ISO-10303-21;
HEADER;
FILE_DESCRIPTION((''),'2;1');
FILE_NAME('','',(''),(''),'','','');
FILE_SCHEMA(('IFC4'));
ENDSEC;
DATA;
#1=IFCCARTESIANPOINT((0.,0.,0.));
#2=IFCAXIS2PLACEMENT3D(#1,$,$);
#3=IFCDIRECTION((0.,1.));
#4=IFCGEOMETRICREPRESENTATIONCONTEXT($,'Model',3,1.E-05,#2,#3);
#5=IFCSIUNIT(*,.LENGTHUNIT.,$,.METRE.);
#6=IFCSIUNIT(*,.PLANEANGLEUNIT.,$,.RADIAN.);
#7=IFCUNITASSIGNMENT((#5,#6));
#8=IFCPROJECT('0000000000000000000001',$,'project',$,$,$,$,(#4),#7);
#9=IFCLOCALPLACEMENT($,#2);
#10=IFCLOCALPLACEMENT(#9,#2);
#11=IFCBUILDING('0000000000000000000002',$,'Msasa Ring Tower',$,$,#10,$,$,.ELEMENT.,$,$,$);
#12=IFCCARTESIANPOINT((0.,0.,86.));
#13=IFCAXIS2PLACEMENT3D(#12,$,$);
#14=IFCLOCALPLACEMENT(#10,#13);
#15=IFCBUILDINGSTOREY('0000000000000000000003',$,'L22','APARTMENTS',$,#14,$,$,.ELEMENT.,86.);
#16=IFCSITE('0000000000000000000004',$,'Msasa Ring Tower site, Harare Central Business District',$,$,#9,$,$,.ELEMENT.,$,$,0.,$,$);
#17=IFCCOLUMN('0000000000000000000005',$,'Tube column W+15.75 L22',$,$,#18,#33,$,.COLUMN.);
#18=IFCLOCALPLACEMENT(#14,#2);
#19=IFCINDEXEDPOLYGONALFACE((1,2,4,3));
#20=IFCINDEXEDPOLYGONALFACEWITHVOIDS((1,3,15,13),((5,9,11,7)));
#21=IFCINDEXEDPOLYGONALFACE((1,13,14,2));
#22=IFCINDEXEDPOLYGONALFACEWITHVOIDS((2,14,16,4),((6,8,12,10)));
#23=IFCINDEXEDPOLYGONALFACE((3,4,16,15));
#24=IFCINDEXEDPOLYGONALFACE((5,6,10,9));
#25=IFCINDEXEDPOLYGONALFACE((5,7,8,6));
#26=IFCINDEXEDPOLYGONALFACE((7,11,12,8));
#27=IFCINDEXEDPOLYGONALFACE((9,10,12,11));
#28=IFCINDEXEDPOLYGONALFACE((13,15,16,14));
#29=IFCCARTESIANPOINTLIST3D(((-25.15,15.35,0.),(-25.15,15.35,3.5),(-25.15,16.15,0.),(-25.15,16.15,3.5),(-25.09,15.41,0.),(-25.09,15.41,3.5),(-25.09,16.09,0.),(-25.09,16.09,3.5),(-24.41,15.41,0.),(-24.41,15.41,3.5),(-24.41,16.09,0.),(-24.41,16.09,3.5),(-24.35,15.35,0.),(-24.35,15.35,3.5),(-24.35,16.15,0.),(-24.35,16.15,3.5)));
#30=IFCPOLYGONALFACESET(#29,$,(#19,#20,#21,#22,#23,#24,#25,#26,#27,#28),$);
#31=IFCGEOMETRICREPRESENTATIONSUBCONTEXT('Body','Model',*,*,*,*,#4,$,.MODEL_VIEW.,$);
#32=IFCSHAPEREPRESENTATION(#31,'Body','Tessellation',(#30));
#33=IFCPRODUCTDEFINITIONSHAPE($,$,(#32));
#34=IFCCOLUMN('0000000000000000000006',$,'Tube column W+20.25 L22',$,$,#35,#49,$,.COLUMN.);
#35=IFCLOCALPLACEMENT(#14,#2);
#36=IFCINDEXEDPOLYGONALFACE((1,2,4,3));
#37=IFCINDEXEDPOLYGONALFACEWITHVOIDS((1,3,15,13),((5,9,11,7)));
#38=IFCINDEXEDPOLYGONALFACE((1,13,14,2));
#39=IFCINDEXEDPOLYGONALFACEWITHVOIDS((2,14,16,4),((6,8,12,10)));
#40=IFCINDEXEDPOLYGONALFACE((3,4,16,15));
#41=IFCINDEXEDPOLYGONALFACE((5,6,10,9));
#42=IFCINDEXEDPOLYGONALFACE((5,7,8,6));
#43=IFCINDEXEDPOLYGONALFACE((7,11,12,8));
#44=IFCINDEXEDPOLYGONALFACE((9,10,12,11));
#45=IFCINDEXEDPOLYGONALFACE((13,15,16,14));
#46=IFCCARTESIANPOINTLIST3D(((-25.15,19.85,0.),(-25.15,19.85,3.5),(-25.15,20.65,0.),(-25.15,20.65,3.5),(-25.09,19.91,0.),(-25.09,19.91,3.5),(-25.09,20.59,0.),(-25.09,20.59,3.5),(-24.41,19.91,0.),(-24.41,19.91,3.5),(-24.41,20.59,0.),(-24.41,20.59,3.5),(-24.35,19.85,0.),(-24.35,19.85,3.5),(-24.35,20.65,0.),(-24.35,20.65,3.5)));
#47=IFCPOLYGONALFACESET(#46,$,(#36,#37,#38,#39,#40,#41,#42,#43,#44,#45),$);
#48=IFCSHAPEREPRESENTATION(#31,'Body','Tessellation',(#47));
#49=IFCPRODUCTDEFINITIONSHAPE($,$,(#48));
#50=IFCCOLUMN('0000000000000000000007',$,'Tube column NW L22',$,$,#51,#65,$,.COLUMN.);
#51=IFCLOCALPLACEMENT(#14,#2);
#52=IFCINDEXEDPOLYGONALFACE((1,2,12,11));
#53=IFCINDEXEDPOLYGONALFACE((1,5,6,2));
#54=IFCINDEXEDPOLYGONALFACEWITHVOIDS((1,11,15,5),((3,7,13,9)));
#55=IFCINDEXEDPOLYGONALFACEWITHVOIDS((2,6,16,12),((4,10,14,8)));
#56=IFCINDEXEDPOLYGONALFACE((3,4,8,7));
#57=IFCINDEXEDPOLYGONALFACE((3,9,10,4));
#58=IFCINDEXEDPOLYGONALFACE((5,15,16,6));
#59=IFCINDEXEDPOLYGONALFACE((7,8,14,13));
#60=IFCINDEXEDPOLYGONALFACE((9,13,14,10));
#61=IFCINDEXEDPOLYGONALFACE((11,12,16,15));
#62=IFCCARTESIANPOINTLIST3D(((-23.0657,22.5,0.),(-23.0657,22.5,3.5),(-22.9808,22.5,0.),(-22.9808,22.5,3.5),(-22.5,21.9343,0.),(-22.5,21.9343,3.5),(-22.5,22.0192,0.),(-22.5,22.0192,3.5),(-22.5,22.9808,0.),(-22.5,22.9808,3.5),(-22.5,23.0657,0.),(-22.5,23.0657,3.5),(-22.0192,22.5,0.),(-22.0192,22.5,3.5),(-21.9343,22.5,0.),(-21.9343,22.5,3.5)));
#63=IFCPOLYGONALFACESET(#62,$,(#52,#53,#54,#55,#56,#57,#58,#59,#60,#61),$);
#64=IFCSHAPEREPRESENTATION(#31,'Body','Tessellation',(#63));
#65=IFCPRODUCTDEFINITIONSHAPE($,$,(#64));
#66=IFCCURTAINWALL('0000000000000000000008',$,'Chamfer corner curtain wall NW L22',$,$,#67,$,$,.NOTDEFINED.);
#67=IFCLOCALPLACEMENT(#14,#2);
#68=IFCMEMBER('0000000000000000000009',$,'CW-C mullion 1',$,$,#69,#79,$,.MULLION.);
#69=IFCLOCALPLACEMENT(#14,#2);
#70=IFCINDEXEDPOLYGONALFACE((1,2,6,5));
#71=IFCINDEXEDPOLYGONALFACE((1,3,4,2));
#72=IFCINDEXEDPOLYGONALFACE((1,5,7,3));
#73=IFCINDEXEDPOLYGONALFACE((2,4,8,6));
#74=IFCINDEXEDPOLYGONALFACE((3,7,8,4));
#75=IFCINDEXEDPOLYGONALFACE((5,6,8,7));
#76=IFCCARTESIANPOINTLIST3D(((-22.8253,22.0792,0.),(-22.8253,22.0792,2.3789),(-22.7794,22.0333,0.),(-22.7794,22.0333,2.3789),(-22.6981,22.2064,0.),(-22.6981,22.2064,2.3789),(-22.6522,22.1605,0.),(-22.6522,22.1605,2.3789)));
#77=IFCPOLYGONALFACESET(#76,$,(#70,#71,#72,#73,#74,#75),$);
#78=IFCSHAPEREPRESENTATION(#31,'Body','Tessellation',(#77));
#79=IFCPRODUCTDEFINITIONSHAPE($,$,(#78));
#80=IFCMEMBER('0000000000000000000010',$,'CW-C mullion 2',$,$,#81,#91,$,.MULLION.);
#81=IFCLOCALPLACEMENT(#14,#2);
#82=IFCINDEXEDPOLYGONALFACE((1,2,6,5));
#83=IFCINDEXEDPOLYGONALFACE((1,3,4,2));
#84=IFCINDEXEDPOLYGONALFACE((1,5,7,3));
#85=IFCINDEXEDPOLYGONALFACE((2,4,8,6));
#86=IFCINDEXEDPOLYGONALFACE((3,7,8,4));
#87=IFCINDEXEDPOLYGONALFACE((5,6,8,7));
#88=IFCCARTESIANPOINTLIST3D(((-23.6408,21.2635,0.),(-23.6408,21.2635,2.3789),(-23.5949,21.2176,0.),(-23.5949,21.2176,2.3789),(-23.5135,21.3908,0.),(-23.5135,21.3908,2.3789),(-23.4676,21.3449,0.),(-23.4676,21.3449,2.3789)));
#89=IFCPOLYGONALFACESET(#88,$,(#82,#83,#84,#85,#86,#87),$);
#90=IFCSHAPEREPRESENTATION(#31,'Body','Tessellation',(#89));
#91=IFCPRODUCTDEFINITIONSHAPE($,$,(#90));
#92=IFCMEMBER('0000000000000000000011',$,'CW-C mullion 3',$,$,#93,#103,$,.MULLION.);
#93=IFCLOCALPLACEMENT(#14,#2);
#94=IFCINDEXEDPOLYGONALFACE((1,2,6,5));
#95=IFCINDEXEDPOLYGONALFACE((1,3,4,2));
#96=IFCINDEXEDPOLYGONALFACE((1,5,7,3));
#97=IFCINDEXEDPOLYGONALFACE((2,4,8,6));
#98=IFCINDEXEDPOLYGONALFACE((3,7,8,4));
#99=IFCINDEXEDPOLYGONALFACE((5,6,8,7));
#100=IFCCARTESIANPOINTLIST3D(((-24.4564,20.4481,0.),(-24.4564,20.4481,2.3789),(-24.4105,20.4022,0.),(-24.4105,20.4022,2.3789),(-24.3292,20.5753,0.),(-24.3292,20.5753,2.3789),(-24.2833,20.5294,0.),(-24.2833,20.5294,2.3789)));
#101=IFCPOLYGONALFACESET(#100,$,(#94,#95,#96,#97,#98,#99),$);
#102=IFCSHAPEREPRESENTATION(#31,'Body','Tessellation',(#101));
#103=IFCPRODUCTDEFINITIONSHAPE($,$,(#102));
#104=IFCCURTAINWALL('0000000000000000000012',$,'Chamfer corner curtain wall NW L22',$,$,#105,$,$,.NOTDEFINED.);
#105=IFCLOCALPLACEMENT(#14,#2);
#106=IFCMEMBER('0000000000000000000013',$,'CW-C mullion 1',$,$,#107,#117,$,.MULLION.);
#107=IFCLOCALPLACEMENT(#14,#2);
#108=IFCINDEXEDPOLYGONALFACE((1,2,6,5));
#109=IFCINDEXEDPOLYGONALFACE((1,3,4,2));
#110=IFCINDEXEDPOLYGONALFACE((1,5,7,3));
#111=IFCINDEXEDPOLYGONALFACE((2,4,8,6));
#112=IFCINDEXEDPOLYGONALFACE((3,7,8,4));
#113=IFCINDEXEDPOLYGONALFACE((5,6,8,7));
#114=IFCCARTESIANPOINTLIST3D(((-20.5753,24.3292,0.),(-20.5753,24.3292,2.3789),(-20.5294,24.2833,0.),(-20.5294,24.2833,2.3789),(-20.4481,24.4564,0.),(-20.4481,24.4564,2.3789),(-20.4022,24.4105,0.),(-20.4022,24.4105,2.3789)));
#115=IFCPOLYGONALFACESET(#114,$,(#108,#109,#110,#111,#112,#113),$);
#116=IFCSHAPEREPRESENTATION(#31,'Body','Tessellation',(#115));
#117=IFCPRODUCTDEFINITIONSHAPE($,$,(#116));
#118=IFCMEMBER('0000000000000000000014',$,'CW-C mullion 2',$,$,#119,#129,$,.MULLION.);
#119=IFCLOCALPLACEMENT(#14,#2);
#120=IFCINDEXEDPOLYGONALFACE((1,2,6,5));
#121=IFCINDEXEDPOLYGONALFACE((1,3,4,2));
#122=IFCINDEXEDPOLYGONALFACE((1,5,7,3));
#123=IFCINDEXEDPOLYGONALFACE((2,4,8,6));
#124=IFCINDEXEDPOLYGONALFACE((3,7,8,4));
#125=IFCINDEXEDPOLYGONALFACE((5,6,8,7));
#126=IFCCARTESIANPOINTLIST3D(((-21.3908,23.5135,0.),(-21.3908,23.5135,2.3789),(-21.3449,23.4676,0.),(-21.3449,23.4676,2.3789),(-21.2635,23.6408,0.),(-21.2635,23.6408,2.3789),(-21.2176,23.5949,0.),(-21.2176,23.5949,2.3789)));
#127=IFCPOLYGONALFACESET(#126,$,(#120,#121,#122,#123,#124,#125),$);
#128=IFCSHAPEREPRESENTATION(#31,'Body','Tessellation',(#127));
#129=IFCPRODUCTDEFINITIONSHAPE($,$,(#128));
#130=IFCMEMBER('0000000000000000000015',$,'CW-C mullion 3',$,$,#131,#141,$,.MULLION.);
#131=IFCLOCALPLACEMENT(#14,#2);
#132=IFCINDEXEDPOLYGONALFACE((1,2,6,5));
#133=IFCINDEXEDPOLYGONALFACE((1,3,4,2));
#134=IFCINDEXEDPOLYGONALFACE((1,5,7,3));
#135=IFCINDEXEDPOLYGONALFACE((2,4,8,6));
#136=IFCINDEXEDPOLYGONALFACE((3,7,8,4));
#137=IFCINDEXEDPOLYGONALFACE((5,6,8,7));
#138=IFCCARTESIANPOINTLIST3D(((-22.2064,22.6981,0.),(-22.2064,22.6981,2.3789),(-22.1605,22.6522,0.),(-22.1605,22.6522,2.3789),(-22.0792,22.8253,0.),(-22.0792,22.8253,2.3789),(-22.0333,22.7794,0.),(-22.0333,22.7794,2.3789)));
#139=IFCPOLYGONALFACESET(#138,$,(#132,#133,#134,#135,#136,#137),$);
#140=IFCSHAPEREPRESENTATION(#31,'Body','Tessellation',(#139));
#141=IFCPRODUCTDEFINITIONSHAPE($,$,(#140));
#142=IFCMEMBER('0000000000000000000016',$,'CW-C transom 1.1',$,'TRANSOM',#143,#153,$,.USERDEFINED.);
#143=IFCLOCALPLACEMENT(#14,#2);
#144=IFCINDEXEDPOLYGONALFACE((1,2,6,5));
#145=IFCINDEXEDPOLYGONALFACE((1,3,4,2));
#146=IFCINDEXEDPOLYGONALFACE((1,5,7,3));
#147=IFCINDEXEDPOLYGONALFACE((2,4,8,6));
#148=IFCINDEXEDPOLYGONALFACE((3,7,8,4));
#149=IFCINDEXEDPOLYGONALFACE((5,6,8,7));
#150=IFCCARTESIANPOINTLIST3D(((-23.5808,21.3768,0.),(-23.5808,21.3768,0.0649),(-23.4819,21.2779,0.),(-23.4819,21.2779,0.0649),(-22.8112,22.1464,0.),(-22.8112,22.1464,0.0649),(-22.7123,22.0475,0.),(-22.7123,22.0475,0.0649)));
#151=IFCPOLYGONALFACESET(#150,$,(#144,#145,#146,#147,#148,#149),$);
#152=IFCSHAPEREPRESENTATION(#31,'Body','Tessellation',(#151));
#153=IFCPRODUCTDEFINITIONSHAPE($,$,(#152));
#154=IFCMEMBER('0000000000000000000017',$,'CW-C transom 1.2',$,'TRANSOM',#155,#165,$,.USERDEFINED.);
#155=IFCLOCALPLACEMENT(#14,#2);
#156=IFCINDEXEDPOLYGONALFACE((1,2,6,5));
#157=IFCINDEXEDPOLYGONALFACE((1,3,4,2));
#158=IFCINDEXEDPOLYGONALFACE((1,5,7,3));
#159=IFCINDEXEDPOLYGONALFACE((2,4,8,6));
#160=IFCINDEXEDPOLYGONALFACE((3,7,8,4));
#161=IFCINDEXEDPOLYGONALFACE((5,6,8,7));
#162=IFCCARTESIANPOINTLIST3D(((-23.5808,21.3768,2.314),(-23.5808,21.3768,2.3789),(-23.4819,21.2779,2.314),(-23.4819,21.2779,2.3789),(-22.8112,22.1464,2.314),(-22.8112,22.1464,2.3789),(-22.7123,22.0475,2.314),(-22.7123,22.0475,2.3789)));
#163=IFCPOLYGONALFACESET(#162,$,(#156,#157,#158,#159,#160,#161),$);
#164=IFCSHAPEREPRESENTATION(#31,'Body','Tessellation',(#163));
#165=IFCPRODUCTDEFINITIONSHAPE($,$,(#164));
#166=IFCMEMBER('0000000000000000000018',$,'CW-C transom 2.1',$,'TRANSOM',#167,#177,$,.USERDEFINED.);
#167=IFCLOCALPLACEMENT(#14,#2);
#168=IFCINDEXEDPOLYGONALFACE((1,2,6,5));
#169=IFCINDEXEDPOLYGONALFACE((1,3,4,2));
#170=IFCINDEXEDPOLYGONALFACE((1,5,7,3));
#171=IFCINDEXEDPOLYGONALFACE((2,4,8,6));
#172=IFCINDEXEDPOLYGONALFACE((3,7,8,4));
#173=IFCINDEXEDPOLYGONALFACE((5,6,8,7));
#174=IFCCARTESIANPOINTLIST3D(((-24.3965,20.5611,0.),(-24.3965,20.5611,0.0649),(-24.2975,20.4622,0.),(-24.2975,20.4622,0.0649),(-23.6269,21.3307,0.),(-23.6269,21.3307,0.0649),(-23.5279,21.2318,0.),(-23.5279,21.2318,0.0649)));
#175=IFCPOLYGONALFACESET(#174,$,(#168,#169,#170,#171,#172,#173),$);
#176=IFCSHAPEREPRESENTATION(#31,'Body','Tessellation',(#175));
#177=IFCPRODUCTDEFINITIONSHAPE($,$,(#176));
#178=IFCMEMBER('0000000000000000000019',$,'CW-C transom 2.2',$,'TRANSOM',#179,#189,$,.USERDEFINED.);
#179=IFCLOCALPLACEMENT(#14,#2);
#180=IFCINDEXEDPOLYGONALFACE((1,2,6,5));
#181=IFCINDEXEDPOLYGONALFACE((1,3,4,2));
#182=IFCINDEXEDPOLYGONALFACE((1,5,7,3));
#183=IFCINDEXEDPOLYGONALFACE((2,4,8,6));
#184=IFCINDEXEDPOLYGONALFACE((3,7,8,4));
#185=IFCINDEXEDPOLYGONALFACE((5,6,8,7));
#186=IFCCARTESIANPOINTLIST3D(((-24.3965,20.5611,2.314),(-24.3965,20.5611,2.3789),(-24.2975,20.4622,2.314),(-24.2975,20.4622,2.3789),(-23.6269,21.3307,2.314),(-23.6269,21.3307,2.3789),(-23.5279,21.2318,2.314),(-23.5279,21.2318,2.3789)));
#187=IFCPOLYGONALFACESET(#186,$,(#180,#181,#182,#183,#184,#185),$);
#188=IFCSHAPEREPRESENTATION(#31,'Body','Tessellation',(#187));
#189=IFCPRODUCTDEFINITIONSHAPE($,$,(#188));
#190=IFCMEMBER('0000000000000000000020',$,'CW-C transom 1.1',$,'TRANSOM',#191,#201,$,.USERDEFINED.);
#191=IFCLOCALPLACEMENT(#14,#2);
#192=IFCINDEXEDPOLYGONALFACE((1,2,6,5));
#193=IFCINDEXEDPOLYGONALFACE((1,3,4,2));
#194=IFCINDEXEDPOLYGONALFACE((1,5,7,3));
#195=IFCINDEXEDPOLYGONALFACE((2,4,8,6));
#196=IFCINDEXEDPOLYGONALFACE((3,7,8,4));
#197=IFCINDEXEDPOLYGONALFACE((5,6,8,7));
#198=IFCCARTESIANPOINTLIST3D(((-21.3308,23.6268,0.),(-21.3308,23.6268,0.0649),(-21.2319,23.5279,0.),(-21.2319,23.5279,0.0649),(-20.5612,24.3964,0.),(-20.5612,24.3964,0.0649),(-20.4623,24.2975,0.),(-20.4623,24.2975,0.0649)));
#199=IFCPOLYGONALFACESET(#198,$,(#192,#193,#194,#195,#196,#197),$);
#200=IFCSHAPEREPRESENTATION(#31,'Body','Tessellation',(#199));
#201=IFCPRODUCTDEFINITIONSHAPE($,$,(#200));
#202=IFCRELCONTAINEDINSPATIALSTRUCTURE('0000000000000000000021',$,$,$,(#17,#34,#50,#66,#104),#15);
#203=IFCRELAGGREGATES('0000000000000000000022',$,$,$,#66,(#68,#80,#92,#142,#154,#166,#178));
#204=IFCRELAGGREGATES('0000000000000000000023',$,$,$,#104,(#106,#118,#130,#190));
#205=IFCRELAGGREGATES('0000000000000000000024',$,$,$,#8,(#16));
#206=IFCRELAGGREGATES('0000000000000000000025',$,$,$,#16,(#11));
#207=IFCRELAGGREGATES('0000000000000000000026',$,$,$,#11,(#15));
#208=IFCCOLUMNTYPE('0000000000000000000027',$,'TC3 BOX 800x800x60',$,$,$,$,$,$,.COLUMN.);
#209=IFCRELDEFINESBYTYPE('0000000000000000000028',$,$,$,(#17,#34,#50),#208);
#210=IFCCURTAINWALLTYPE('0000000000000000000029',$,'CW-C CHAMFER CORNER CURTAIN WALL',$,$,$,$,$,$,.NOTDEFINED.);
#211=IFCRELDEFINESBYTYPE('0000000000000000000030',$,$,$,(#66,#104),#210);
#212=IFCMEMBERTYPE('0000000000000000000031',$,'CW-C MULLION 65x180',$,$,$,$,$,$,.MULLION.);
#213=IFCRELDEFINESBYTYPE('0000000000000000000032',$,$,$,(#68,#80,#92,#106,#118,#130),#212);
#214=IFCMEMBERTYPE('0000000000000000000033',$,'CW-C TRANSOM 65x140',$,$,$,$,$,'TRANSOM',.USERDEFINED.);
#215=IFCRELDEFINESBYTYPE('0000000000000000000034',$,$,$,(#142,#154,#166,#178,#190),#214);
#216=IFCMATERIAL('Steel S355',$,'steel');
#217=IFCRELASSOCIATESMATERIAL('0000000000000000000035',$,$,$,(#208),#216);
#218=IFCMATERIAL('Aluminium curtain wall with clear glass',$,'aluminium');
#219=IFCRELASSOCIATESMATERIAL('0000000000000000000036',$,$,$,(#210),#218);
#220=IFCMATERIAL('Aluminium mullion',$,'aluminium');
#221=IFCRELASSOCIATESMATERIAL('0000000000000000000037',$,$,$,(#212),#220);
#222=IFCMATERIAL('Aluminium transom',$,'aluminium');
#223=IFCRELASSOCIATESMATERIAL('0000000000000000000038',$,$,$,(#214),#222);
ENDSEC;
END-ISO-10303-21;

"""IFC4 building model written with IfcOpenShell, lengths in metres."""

from ifc_helpers import new_model, si_unit, direction, frame, origin, origin_2d, place, context, subcontext, project, spatial, rectangle, hollow_rectangle, extrude, material, material_profile, profile_set, type_object, element, aggregate, save


model = new_model("IFC4")

# Units and contexts
model_context = context("Model", 3, precision=1e-05, world=origin(), true_north=direction((0.0, 1.0)))
body_context = subcontext(model_context, "Body", "Model", "MODEL_VIEW")
ifc_project = project(units=[si_unit("LENGTHUNIT", "METRE"), si_unit("PLANEANGLEUNIT", "RADIAN")], contexts=[model_context])

# Site, building, storey
site_placement = place(None, origin())
site = spatial("IfcSite", under=ifc_project, at=site_placement, Name="Msasa Ring Tower site, Harare Central Business District", CompositionType="ELEMENT", RefElevation=0.0)
building_placement = place(site_placement, origin())
building = spatial("IfcBuilding", under=site, at=building_placement, Name="Msasa Ring Tower", CompositionType="ELEMENT")
storey_placement = place(building_placement, frame((0.0, 0.0, 86.0)))
storey = spatial("IfcBuildingStorey", under=building, at=storey_placement, Name="L22", Description="APARTMENTS", CompositionType="ELEMENT", Elevation=86.0)

# Columns
ifc_material_1 = material(Name="Steel S355", Category="steel")
ifc_material_profile_1 = material_profile(ifc_material_1, hollow_rectangle(XDim=0.8, YDim=0.8, WallThickness=0.0601, at=origin_2d()), Name="BOX 800x800x60")
ifc_profile_set_1 = profile_set([ifc_material_profile_1], Name="Steel S355")
column_type = type_object("IfcColumnType", Name="TC3 BOX 800x800x60", PredefinedType="COLUMN", material=ifc_profile_set_1)
for number, where, z_axis, x_axis, name in (
    (1, (-24.75, 15.75, 0.0), (0.0, 0.0, 1.0), (1.0, 0.0, 0.0), "Tube column W+15.75 L22"),
    (2, (-24.75, 20.25, 0.0), (0.0, 0.0, 1.0), (1.0, 0.0, 0.0), "Tube column W+20.25 L22"),
    (3, (-22.5, 22.5, 0.0), (0.0, 0.0, 1.0), (0.707107, -0.707107, 0.0), "Tube column NW L22"),
):
    element("IfcColumn", number, at=place(storey_placement, frame(where, z_axis=z_axis, x_axis=x_axis)), inside=storey, type_object=column_type, Name=name, PredefinedType="COLUMN", context=body_context, shape_type="SweptSolid", body=[
        extrude(hollow_rectangle(XDim=0.8, YDim=0.8, WallThickness=0.0601, at=origin_2d()), origin(), (0.0, 0.0, 1.0), 3.5),
    ])

# Curtain walls, members
ifc_material_2 = material(Name="Aluminium curtain wall with clear glass", Category="aluminium")
curtain_wall_type = type_object("IfcCurtainWallType", Name="CW-C CHAMFER CORNER CURTAIN WALL", PredefinedType="NOTDEFINED", material=ifc_material_2)
curtain_wall_1_placement = place(storey_placement, origin())
curtain_wall_1 = element("IfcCurtainWall", 4, at=curtain_wall_1_placement, inside=storey, type_object=curtain_wall_type, Name="Chamfer corner curtain wall NW L22", PredefinedType="NOTDEFINED")
ifc_material_3 = material(Name="Aluminium mullion", Category="aluminium")
ifc_material_profile_2 = material_profile(ifc_material_3, rectangle(XDim=0.0649, YDim=0.1799, at=origin_2d()), Name="AL 65x180")
ifc_profile_set_2 = profile_set([ifc_material_profile_2], Name="Aluminium mullion")
member_type_1 = type_object("IfcMemberType", Name="CW-C MULLION 65x180", PredefinedType="MULLION", material=ifc_profile_set_2)
member_1_placement = place(storey_placement, frame((-22.7388, 22.1199, 0.0), z_axis=(0.0, 0.0, 1.0), x_axis=(0.707107, -0.707107, 0.0)))
member_1 = element("IfcMember", 5, at=member_1_placement, type_object=member_type_1, Name="CW-C mullion 1", PredefinedType="MULLION", context=body_context, shape_type="SweptSolid", body=[
    extrude(rectangle(XDim=0.0649, YDim=0.1799, at=origin_2d()), origin(), (0.0, 0.0, 1.0), 2.3789),
])
member_2_placement = place(storey_placement, frame((-23.5542, 21.3042, 0.0), z_axis=(0.0, 0.0, 1.0), x_axis=(0.707107, -0.707107, 0.0)))
member_2 = element("IfcMember", 6, at=member_2_placement, type_object=member_type_1, Name="CW-C mullion 2", PredefinedType="MULLION", context=body_context, shape_type="SweptSolid", body=[
    extrude(rectangle(XDim=0.0649, YDim=0.1799, at=origin_2d()), origin(), (0.0, 0.0, 1.0), 2.3789),
])
member_3_placement = place(storey_placement, frame((-24.3699, 20.4888, 0.0), z_axis=(0.0, 0.0, 1.0), x_axis=(0.707107, -0.707107, 0.0)))
member_3 = element("IfcMember", 7, at=member_3_placement, type_object=member_type_1, Name="CW-C mullion 3", PredefinedType="MULLION", context=body_context, shape_type="SweptSolid", body=[
    extrude(rectangle(XDim=0.0649, YDim=0.1799, at=origin_2d()), origin(), (0.0, 0.0, 1.0), 2.3789),
])
curtain_wall_2_placement = place(storey_placement, origin())
curtain_wall_2 = element("IfcCurtainWall", 8, at=curtain_wall_2_placement, inside=storey, type_object=curtain_wall_type, Name="Chamfer corner curtain wall NW L22", PredefinedType="NOTDEFINED")
member_4_placement = place(storey_placement, frame((-20.4888, 24.3699, 0.0), z_axis=(0.0, 0.0, 1.0), x_axis=(0.707107, -0.707107, 0.0)))
member_4 = element("IfcMember", 9, at=member_4_placement, type_object=member_type_1, Name="CW-C mullion 1", PredefinedType="MULLION", context=body_context, shape_type="SweptSolid", body=[
    extrude(rectangle(XDim=0.0649, YDim=0.1799, at=origin_2d()), origin(), (0.0, 0.0, 1.0), 2.3789),
])
member_5_placement = place(storey_placement, frame((-21.3042, 23.5542, 0.0), z_axis=(0.0, 0.0, 1.0), x_axis=(0.707107, -0.707107, 0.0)))
member_5 = element("IfcMember", 10, at=member_5_placement, type_object=member_type_1, Name="CW-C mullion 2", PredefinedType="MULLION", context=body_context, shape_type="SweptSolid", body=[
    extrude(rectangle(XDim=0.0649, YDim=0.1799, at=origin_2d()), origin(), (0.0, 0.0, 1.0), 2.3789),
])
member_6_placement = place(storey_placement, frame((-22.1199, 22.7388, 0.0), z_axis=(0.0, 0.0, 1.0), x_axis=(0.707107, -0.707107, 0.0)))
member_6 = element("IfcMember", 11, at=member_6_placement, type_object=member_type_1, Name="CW-C mullion 3", PredefinedType="MULLION", context=body_context, shape_type="SweptSolid", body=[
    extrude(rectangle(XDim=0.0649, YDim=0.1799, at=origin_2d()), origin(), (0.0, 0.0, 1.0), 2.3789),
])

# Members
ifc_material_4 = material(Name="Aluminium transom", Category="aluminium")
ifc_material_profile_3 = material_profile(ifc_material_4, rectangle(XDim=0.1399, YDim=0.0649, at=origin_2d()), Name="AL 65x140")
ifc_profile_set_3 = profile_set([ifc_material_profile_3], Name="Aluminium transom")
member_type_2 = type_object("IfcMemberType", Name="CW-C TRANSOM 65x140", ElementType="TRANSOM", PredefinedType="USERDEFINED", material=ifc_profile_set_3)
member_7_placement = place(storey_placement, frame((-22.7617, 22.0969, 0.0325), z_axis=(-0.707107, -0.707107, 0.0), x_axis=(0.707107, -0.707107, 0.0)))
member_7 = element("IfcMember", 12, at=member_7_placement, type_object=member_type_2, Name="CW-C transom 1.1", ObjectType="TRANSOM", PredefinedType="USERDEFINED", context=body_context, shape_type="SweptSolid", body=[
    extrude(rectangle(XDim=0.1399, YDim=0.0649, at=origin_2d()), origin(), (0.0, 0.0, 1.0), 1.0884),
])
member_8_placement = place(storey_placement, frame((-22.7617, 22.0969, 2.3464), z_axis=(-0.707107, -0.707107, 0.0), x_axis=(0.707107, -0.707107, 0.0)))
member_8 = element("IfcMember", 13, at=member_8_placement, type_object=member_type_2, Name="CW-C transom 1.2", ObjectType="TRANSOM", PredefinedType="USERDEFINED", context=body_context, shape_type="SweptSolid", body=[
    extrude(rectangle(XDim=0.1399, YDim=0.0649, at=origin_2d()), origin(), (0.0, 0.0, 1.0), 1.0884),
])
member_9_placement = place(storey_placement, frame((-23.5774, 21.2812, 0.0325), z_axis=(-0.707107, -0.707107, 0.0), x_axis=(0.707107, -0.707107, 0.0)))
member_9 = element("IfcMember", 14, at=member_9_placement, type_object=member_type_2, Name="CW-C transom 2.1", ObjectType="TRANSOM", PredefinedType="USERDEFINED", context=body_context, shape_type="SweptSolid", body=[
    extrude(rectangle(XDim=0.1399, YDim=0.0649, at=origin_2d()), origin(), (0.0, 0.0, 1.0), 1.0884),
])
member_10_placement = place(storey_placement, frame((-23.5774, 21.2812, 2.3464), z_axis=(-0.707107, -0.707107, 0.0), x_axis=(0.707107, -0.707107, 0.0)))
member_10 = element("IfcMember", 15, at=member_10_placement, type_object=member_type_2, Name="CW-C transom 2.2", ObjectType="TRANSOM", PredefinedType="USERDEFINED", context=body_context, shape_type="SweptSolid", body=[
    extrude(rectangle(XDim=0.1399, YDim=0.0649, at=origin_2d()), origin(), (0.0, 0.0, 1.0), 1.0884),
])
member_11_placement = place(storey_placement, frame((-20.5117, 24.3469, 0.0325), z_axis=(-0.707107, -0.707107, 0.0), x_axis=(0.707107, -0.707107, 0.0)))
member_11 = element("IfcMember", 16, at=member_11_placement, type_object=member_type_2, Name="CW-C transom 1.1", ObjectType="TRANSOM", PredefinedType="USERDEFINED", context=body_context, shape_type="SweptSolid", body=[
    extrude(rectangle(XDim=0.1399, YDim=0.0649, at=origin_2d()), origin(), (0.0, 0.0, 1.0), 1.0884),
])

aggregate(curtain_wall_1, [member_1, member_2, member_3, member_7, member_8, member_9, member_10])
aggregate(curtain_wall_2, [member_4, member_5, member_6, member_11])

save(model, "model.ifc")
